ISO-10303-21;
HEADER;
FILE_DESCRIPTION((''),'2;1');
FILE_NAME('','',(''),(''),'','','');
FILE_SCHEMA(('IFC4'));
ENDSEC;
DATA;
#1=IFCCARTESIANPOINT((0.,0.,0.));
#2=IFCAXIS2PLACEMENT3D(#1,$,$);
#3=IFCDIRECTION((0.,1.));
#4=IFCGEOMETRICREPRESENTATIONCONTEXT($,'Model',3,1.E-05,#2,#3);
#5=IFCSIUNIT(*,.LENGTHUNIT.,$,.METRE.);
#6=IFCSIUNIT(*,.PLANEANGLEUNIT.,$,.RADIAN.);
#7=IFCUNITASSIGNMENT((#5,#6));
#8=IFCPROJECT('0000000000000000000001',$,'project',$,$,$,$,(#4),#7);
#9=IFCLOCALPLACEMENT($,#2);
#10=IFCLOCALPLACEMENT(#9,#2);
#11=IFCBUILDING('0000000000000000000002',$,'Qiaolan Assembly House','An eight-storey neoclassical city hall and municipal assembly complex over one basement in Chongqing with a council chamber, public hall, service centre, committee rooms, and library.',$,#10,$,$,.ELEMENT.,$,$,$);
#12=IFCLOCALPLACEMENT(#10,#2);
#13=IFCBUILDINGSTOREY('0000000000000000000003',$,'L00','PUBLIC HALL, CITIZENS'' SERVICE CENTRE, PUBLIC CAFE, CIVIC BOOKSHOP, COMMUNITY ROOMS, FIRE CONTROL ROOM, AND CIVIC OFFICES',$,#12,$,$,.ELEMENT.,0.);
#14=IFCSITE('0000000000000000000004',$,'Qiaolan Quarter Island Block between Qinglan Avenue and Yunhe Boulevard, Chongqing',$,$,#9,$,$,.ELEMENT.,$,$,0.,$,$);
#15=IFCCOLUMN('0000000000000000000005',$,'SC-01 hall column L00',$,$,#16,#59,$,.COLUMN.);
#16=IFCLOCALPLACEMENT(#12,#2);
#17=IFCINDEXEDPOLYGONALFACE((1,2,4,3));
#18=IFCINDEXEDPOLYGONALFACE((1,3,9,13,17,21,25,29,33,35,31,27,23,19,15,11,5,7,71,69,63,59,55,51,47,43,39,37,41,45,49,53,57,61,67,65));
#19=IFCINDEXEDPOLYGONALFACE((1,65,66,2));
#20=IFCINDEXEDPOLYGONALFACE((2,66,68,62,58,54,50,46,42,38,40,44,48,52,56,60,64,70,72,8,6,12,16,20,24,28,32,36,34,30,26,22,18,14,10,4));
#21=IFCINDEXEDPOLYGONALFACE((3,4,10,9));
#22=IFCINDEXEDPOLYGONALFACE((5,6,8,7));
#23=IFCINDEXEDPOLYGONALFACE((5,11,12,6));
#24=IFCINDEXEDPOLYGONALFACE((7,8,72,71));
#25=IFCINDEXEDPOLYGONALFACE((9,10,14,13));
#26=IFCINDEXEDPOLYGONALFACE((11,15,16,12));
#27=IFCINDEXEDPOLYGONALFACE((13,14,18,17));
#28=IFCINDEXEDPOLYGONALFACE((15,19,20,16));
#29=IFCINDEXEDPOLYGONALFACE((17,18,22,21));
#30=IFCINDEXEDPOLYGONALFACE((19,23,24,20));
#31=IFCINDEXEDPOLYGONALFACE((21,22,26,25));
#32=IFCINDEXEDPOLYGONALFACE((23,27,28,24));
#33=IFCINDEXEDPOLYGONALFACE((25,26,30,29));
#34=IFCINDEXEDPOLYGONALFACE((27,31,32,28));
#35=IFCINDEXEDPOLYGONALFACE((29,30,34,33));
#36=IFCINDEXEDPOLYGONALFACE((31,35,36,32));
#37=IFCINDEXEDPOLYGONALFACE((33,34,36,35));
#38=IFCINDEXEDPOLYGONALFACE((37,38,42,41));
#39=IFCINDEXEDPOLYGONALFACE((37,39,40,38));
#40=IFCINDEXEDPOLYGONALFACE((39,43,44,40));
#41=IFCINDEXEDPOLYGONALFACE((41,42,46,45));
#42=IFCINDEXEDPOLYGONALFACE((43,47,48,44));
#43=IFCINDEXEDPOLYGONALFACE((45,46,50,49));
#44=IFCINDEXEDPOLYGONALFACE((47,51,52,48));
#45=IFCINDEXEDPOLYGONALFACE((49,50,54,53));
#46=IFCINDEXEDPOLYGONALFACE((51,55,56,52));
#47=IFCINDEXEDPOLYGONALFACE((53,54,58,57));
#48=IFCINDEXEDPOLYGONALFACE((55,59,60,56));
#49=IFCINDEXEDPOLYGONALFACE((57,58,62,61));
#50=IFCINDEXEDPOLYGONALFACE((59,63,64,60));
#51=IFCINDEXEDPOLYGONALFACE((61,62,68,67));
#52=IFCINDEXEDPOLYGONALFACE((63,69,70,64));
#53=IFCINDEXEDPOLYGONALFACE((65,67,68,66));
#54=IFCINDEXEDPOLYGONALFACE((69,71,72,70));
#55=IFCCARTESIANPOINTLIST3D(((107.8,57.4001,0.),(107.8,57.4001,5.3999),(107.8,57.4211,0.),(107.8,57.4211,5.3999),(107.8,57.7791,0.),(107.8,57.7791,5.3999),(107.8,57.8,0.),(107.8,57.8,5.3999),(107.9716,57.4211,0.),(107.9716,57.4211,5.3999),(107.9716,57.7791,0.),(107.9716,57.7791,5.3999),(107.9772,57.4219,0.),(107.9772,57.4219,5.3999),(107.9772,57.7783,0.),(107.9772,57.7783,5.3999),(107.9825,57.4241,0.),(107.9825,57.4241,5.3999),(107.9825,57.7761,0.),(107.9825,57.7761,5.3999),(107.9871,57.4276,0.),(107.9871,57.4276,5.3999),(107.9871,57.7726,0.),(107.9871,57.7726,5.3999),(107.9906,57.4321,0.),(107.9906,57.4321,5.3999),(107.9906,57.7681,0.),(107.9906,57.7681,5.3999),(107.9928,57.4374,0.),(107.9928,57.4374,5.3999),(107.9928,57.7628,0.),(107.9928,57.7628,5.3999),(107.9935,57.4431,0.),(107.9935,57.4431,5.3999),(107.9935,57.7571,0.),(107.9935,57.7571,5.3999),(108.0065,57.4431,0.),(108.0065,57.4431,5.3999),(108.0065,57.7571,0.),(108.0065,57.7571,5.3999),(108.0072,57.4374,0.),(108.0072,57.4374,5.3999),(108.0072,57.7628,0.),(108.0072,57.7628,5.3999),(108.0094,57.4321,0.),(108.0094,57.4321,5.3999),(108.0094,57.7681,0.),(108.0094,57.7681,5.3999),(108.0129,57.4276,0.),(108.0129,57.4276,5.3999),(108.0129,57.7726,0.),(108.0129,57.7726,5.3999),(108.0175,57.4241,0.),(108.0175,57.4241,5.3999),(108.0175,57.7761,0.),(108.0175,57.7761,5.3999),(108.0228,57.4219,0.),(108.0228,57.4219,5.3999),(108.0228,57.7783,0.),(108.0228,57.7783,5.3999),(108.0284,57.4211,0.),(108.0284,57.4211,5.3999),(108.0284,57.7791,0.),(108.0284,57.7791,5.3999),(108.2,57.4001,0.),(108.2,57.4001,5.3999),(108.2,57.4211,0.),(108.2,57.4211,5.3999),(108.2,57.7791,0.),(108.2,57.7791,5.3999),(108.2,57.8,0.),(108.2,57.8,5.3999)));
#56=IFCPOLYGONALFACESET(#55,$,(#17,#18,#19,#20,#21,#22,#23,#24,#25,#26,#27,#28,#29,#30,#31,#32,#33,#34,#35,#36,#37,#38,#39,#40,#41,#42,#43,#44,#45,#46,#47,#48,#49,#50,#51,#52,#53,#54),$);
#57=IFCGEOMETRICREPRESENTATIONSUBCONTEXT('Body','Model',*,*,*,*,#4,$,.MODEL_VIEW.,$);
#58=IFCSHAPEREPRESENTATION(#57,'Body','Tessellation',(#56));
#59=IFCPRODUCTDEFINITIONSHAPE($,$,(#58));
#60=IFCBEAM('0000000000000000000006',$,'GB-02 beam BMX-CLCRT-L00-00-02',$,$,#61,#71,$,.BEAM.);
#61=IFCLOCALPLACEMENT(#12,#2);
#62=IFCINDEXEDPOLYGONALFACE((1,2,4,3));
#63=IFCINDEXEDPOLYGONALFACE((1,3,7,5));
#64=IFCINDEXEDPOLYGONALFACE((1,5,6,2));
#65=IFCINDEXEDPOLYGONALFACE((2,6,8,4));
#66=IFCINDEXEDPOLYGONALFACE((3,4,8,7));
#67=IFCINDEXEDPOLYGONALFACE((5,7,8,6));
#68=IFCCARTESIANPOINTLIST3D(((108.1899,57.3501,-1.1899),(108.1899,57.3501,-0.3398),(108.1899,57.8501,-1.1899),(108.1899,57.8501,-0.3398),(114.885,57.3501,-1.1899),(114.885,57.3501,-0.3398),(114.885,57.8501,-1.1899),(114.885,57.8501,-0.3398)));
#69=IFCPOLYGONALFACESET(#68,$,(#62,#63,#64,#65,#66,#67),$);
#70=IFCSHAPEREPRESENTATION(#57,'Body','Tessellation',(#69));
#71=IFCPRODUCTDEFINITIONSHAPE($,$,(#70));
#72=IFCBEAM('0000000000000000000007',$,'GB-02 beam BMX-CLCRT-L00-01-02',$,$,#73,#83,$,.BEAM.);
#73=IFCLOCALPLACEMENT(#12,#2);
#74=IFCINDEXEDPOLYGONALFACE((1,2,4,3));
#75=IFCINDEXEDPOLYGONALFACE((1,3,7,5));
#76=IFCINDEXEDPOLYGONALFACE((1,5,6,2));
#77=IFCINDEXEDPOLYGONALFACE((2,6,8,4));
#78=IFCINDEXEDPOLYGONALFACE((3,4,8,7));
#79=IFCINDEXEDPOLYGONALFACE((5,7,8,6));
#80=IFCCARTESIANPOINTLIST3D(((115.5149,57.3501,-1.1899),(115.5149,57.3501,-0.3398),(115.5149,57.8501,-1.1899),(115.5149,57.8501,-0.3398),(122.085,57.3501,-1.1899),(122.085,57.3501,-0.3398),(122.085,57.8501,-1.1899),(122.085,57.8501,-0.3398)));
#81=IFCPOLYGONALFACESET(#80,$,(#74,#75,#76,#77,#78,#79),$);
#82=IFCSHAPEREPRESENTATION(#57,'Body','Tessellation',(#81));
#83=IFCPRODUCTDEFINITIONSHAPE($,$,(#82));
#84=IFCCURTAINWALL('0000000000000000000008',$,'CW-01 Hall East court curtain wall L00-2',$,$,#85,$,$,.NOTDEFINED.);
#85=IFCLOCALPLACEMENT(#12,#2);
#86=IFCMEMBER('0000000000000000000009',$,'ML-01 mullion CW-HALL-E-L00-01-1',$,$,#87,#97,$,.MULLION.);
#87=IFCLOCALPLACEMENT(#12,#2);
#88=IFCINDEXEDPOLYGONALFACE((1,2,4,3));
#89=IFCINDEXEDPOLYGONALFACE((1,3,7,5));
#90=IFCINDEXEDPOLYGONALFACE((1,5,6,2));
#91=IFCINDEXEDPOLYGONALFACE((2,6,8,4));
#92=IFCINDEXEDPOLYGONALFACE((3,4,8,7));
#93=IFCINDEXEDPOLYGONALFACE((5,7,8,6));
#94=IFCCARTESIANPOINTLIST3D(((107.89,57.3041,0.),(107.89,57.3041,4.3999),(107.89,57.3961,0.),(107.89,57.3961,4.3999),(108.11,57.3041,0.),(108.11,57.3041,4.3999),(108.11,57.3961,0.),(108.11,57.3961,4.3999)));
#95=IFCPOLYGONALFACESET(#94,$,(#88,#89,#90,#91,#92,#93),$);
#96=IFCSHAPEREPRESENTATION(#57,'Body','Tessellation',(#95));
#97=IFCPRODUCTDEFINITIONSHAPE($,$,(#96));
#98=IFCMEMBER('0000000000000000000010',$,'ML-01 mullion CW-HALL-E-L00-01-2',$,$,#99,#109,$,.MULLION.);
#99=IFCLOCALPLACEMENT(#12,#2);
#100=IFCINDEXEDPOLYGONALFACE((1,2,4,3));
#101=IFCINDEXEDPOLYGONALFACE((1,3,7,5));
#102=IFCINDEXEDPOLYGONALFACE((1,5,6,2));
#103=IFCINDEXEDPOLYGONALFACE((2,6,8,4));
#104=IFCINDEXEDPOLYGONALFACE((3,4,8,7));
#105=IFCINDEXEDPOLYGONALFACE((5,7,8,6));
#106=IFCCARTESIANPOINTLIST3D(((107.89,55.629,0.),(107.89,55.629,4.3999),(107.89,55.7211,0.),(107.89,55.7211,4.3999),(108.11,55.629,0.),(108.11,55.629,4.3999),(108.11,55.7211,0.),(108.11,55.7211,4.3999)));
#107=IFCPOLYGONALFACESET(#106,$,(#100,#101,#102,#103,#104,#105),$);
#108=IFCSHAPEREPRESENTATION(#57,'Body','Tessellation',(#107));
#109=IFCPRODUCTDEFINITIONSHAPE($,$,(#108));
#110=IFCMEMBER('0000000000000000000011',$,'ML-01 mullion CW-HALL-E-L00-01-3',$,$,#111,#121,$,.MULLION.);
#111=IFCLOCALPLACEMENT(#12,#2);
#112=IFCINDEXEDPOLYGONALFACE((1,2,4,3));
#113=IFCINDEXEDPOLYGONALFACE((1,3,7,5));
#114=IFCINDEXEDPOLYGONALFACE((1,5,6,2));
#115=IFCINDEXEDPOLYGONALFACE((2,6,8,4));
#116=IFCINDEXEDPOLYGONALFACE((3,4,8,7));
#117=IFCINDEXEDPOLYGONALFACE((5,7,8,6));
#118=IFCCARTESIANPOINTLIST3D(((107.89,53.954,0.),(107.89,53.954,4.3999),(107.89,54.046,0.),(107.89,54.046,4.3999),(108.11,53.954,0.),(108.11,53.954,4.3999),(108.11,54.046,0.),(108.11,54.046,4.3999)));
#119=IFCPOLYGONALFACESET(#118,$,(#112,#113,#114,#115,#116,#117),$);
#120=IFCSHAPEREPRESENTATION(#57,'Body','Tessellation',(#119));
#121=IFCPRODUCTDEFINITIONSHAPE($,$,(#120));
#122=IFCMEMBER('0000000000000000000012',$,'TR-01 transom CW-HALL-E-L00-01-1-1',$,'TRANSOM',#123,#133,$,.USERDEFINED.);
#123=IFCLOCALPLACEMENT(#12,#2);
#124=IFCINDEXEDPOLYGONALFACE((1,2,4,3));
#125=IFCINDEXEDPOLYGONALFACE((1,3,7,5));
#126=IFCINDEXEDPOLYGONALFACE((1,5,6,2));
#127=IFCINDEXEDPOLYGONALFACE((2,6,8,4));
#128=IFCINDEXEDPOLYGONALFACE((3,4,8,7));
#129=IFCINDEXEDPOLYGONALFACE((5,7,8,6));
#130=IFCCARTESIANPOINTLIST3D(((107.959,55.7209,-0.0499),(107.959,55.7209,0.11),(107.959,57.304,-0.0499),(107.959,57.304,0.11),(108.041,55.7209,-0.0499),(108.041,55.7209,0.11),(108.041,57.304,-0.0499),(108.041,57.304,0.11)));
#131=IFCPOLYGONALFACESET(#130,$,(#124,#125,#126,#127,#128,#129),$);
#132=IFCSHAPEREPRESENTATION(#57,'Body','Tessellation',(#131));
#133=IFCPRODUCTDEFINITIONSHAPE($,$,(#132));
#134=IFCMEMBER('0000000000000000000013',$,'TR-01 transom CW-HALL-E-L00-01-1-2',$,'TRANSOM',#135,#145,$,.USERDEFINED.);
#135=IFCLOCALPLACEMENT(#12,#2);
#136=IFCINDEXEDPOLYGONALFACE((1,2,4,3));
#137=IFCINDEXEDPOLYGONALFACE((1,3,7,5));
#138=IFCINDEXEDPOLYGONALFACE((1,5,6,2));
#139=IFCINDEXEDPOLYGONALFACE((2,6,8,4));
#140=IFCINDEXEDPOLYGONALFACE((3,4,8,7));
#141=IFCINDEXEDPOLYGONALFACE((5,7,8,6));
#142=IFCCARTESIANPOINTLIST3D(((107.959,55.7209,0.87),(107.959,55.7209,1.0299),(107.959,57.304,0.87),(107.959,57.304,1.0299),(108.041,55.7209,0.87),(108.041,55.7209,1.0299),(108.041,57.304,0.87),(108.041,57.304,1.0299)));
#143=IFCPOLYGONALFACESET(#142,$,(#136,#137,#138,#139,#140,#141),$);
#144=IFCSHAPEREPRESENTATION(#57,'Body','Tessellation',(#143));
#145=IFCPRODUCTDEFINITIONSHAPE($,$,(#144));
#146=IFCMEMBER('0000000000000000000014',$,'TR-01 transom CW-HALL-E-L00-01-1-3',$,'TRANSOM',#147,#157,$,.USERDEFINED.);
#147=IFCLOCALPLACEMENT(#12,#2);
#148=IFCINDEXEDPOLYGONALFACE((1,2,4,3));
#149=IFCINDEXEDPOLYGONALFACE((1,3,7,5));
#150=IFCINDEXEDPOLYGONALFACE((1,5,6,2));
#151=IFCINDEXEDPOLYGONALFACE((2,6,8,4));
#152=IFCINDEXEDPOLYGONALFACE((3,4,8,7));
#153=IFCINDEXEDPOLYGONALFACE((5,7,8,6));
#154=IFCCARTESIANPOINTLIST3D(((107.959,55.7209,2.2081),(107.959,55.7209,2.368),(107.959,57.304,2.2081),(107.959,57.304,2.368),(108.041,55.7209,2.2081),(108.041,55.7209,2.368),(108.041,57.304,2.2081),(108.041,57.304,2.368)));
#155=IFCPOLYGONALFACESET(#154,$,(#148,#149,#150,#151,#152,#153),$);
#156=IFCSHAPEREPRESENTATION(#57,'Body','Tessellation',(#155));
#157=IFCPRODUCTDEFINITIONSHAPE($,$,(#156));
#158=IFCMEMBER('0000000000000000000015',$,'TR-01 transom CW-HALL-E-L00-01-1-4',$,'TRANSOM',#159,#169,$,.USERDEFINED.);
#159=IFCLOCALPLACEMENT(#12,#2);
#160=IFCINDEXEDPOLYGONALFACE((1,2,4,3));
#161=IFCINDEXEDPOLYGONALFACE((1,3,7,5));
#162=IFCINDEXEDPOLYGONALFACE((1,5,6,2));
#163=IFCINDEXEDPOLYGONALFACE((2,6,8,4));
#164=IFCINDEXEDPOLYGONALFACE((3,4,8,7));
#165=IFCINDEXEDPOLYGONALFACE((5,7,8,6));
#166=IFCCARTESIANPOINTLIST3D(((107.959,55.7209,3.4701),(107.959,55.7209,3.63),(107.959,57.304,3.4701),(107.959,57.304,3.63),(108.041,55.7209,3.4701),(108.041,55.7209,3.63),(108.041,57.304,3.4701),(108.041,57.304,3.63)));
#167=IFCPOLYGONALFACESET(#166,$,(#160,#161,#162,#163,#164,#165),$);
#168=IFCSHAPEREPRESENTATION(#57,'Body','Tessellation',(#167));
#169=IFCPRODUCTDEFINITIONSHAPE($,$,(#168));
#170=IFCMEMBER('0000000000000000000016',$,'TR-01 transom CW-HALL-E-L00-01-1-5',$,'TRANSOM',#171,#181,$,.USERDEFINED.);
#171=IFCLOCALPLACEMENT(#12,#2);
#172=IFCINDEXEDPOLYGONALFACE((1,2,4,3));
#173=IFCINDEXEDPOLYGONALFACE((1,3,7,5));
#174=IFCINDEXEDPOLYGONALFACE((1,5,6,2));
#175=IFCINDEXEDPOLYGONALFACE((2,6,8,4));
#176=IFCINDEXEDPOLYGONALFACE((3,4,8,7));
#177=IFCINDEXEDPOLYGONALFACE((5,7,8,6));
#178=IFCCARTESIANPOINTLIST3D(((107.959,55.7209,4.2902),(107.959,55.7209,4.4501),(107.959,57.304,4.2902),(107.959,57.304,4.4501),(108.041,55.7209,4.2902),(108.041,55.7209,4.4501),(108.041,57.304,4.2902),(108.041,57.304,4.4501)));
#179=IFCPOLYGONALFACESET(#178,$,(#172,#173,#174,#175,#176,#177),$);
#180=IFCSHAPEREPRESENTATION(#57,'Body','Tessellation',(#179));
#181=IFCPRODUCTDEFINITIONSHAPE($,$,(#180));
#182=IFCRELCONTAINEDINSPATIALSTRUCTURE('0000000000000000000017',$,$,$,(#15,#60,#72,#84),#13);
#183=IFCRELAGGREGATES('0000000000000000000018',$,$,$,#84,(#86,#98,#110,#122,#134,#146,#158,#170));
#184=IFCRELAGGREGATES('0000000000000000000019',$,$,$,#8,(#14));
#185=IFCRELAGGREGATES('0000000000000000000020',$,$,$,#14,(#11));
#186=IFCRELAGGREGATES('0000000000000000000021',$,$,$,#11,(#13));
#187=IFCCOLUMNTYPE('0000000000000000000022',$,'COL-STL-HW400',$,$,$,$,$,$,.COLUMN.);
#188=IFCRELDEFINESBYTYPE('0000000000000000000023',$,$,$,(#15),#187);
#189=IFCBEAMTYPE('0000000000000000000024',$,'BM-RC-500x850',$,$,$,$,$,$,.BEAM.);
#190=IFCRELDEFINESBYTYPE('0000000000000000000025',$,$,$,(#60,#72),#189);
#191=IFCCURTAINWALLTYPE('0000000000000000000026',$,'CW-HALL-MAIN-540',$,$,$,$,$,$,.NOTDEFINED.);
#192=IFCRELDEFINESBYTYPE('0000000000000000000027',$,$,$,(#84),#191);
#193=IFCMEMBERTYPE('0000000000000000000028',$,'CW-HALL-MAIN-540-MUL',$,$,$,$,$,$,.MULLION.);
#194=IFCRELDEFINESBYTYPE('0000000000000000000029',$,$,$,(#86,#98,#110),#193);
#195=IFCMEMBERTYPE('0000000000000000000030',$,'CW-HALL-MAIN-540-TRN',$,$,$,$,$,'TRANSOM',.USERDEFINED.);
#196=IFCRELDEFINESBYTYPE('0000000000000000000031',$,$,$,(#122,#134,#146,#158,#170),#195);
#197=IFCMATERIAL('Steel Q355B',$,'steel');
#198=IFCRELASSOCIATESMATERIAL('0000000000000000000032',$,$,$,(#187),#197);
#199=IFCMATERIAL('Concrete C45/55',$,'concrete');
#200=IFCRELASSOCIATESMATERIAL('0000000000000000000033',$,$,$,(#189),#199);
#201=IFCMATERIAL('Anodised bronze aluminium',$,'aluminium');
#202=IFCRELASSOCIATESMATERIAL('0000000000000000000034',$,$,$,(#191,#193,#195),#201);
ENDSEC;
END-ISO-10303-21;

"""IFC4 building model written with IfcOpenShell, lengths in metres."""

from ifc_helpers import new_model, si_unit, direction, frame, origin, origin_2d, place, context, subcontext, project, spatial, rectangle, i_section, extrude, material, material_profile, profile_set, type_object, element, aggregate, save


model = new_model("IFC4")

# Units and contexts
model_context = context("Model", 3, precision=1e-05, world=origin(), true_north=direction((0.0, 1.0)))
body_context = subcontext(model_context, "Body", "Model", "MODEL_VIEW")
ifc_project = project(units=[si_unit("LENGTHUNIT", "METRE"), si_unit("PLANEANGLEUNIT", "RADIAN")], contexts=[model_context])

# Site, building, storey
site_placement = place(None, origin())
site = spatial("IfcSite", under=ifc_project, at=site_placement, Name="Qiaolan Quarter Island Block between Qinglan Avenue and Yunhe Boulevard, Chongqing", CompositionType="ELEMENT", RefElevation=0.0)
building_placement = place(site_placement, origin())
building = spatial("IfcBuilding", under=site, at=building_placement, Name="Qiaolan Assembly House", Description="An eight-storey neoclassical city hall and municipal assembly complex over one basement in Chongqing with a council chamber, public hall, service centre, committee rooms, and library.", CompositionType="ELEMENT")
storey_placement = place(building_placement, origin())
storey = spatial("IfcBuildingStorey", under=building, at=storey_placement, Name="L00", Description="PUBLIC HALL, CITIZENS' SERVICE CENTRE, PUBLIC CAFE, CIVIC BOOKSHOP, COMMUNITY ROOMS, FIRE CONTROL ROOM, AND CIVIC OFFICES", CompositionType="ELEMENT", Elevation=0.0)

# Column
ifc_material_1 = material(Name="Steel Q355B", Category="steel")
ifc_material_profile_1 = material_profile(ifc_material_1, i_section(OverallWidth=0.3999, OverallDepth=0.3999, WebThickness=0.0129, FlangeThickness=0.021, FilletRadius=0.022, at=origin_2d()), Name="HW 400x400x13x21")
ifc_profile_set_1 = profile_set([ifc_material_profile_1], Name="Steel Q355B")
column_type = type_object("IfcColumnType", Name="COL-STL-HW400", PredefinedType="COLUMN", material=ifc_profile_set_1)
column_placement = place(storey_placement, frame((108.0, 57.6001, 0.0), z_axis=(0.0, 0.0, 1.0), x_axis=(1.0, 0.0, 0.0)))
element("IfcColumn", 1, at=column_placement, inside=storey, type_object=column_type, Name="SC-01 hall column L00", PredefinedType="COLUMN", context=body_context, shape_type="SweptSolid", body=[
    extrude(i_section(OverallWidth=0.3999, OverallDepth=0.3999, WebThickness=0.0129, FlangeThickness=0.021, FilletRadius=0.022, at=origin_2d()), origin(), (0.0, 0.0, 1.0), 5.3999),
])

# Beams
ifc_material_2 = material(Name="Concrete C45/55", Category="concrete")
ifc_material_profile_2 = material_profile(ifc_material_2, rectangle(XDim=0.5, YDim=0.8501, at=origin_2d()), Name="RCB 500x850")
ifc_profile_set_2 = profile_set([ifc_material_profile_2], Name="Concrete C45/55")
beam_type = type_object("IfcBeamType", Name="BM-RC-500x850", PredefinedType="BEAM", material=ifc_profile_set_2)
beam_1_placement = place(storey_placement, frame((108.1899, 57.6001, -0.7649), z_axis=(1.0, 0.0, 0.0), x_axis=(0.0, 1.0, 0.0)))
element("IfcBeam", 2, at=beam_1_placement, inside=storey, type_object=beam_type, Name="GB-02 beam BMX-CLCRT-L00-00-02", PredefinedType="BEAM", context=body_context, shape_type="SweptSolid", body=[
    extrude(rectangle(XDim=0.5, YDim=0.8501, at=origin_2d()), origin(), (0.0, 0.0, 1.0), 6.6951),
])
beam_2_placement = place(storey_placement, frame((115.5149, 57.6001, -0.7649), z_axis=(1.0, 0.0, 0.0), x_axis=(0.0, 1.0, 0.0)))
element("IfcBeam", 3, at=beam_2_placement, inside=storey, type_object=beam_type, Name="GB-02 beam BMX-CLCRT-L00-01-02", PredefinedType="BEAM", context=body_context, shape_type="SweptSolid", body=[
    extrude(rectangle(XDim=0.5, YDim=0.8501, at=origin_2d()), origin(), (0.0, 0.0, 1.0), 6.5701),
])

# Curtain wall, members
ifc_material_3 = material(Name="Anodised bronze aluminium", Category="aluminium")
curtain_wall_type = type_object("IfcCurtainWallType", Name="CW-HALL-MAIN-540", PredefinedType="NOTDEFINED", material=ifc_material_3)
curtain_wall_placement = place(storey_placement, origin())
curtain_wall = element("IfcCurtainWall", 4, at=curtain_wall_placement, inside=storey, type_object=curtain_wall_type, Name="CW-01 Hall East court curtain wall L00-2", PredefinedType="NOTDEFINED")
ifc_material_profile_3 = material_profile(ifc_material_3, rectangle(XDim=0.092, YDim=0.22, at=origin_2d()), Name="MUL 92x220")
ifc_profile_set_3 = profile_set([ifc_material_profile_3], Name="Anodised bronze aluminium")
member_type_1 = type_object("IfcMemberType", Name="CW-HALL-MAIN-540-MUL", PredefinedType="MULLION", material=ifc_profile_set_3)
member_1_placement = place(storey_placement, frame((108.0, 57.3501, 0.0), z_axis=(0.0, 0.0, 1.0), x_axis=(0.0, -1.0, 0.0)))
member_1 = element("IfcMember", 5, at=member_1_placement, type_object=member_type_1, Name="ML-01 mullion CW-HALL-E-L00-01-1", PredefinedType="MULLION", context=body_context, shape_type="SweptSolid", body=[
    extrude(rectangle(XDim=0.092, YDim=0.22, at=origin_2d()), origin(), (0.0, 0.0, 1.0), 4.3999),
])
member_2_placement = place(storey_placement, frame((108.0, 55.675, 0.0), z_axis=(0.0, 0.0, 1.0), x_axis=(0.0, -1.0, 0.0)))
member_2 = element("IfcMember", 6, at=member_2_placement, type_object=member_type_1, Name="ML-01 mullion CW-HALL-E-L00-01-2", PredefinedType="MULLION", context=body_context, shape_type="SweptSolid", body=[
    extrude(rectangle(XDim=0.092, YDim=0.22, at=origin_2d()), origin(), (0.0, 0.0, 1.0), 4.3999),
])
member_3_placement = place(storey_placement, frame((108.0, 54.0, 0.0), z_axis=(0.0, 0.0, 1.0), x_axis=(0.0, -1.0, 0.0)))
member_3 = element("IfcMember", 7, at=member_3_placement, type_object=member_type_1, Name="ML-01 mullion CW-HALL-E-L00-01-3", PredefinedType="MULLION", context=body_context, shape_type="SweptSolid", body=[
    extrude(rectangle(XDim=0.092, YDim=0.22, at=origin_2d()), origin(), (0.0, 0.0, 1.0), 4.3999),
])
ifc_material_profile_4 = material_profile(ifc_material_3, rectangle(XDim=0.082, YDim=0.1599, at=origin_2d()), Name="TRN 82x160")
ifc_profile_set_4 = profile_set([ifc_material_profile_4], Name="Anodised bronze aluminium")
member_type_2 = type_object("IfcMemberType", Name="CW-HALL-MAIN-540-TRN", ElementType="TRANSOM", PredefinedType="USERDEFINED", material=ifc_profile_set_4)
member_4_placement = place(storey_placement, frame((108.0, 57.304, 0.03), z_axis=(0.0, -1.0, 0.0), x_axis=(1.0, 0.0, 0.0)))
member_4 = element("IfcMember", 8, at=member_4_placement, type_object=member_type_2, Name="TR-01 transom CW-HALL-E-L00-01-1-1", ObjectType="TRANSOM", PredefinedType="USERDEFINED", context=body_context, shape_type="SweptSolid", body=[
    extrude(rectangle(XDim=0.082, YDim=0.1599, at=origin_2d()), origin(), (0.0, 0.0, 1.0), 1.583),
])
member_5_placement = place(storey_placement, frame((108.0, 57.304, 0.95), z_axis=(0.0, -1.0, 0.0), x_axis=(1.0, 0.0, 0.0)))
member_5 = element("IfcMember", 9, at=member_5_placement, type_object=member_type_2, Name="TR-01 transom CW-HALL-E-L00-01-1-2", ObjectType="TRANSOM", PredefinedType="USERDEFINED", context=body_context, shape_type="SweptSolid", body=[
    extrude(rectangle(XDim=0.082, YDim=0.1599, at=origin_2d()), origin(), (0.0, 0.0, 1.0), 1.583),
])
member_6_placement = place(storey_placement, frame((108.0, 57.304, 2.2881), z_axis=(0.0, -1.0, 0.0), x_axis=(1.0, 0.0, 0.0)))
member_6 = element("IfcMember", 10, at=member_6_placement, type_object=member_type_2, Name="TR-01 transom CW-HALL-E-L00-01-1-3", ObjectType="TRANSOM", PredefinedType="USERDEFINED", context=body_context, shape_type="SweptSolid", body=[
    extrude(rectangle(XDim=0.082, YDim=0.1599, at=origin_2d()), origin(), (0.0, 0.0, 1.0), 1.583),
])
member_7_placement = place(storey_placement, frame((108.0, 57.304, 3.55), z_axis=(0.0, -1.0, 0.0), x_axis=(1.0, 0.0, 0.0)))
member_7 = element("IfcMember", 11, at=member_7_placement, type_object=member_type_2, Name="TR-01 transom CW-HALL-E-L00-01-1-4", ObjectType="TRANSOM", PredefinedType="USERDEFINED", context=body_context, shape_type="SweptSolid", body=[
    extrude(rectangle(XDim=0.082, YDim=0.1599, at=origin_2d()), origin(), (0.0, 0.0, 1.0), 1.583),
])
member_8_placement = place(storey_placement, frame((108.0, 57.304, 4.3701), z_axis=(0.0, -1.0, 0.0), x_axis=(1.0, 0.0, 0.0)))
member_8 = element("IfcMember", 12, at=member_8_placement, type_object=member_type_2, Name="TR-01 transom CW-HALL-E-L00-01-1-5", ObjectType="TRANSOM", PredefinedType="USERDEFINED", context=body_context, shape_type="SweptSolid", body=[
    extrude(rectangle(XDim=0.082, YDim=0.1599, at=origin_2d()), origin(), (0.0, 0.0, 1.0), 1.583),
])
aggregate(curtain_wall, [member_1, member_2, member_3, member_4, member_5, member_6, member_7, member_8])

save(model, "model.ifc")
